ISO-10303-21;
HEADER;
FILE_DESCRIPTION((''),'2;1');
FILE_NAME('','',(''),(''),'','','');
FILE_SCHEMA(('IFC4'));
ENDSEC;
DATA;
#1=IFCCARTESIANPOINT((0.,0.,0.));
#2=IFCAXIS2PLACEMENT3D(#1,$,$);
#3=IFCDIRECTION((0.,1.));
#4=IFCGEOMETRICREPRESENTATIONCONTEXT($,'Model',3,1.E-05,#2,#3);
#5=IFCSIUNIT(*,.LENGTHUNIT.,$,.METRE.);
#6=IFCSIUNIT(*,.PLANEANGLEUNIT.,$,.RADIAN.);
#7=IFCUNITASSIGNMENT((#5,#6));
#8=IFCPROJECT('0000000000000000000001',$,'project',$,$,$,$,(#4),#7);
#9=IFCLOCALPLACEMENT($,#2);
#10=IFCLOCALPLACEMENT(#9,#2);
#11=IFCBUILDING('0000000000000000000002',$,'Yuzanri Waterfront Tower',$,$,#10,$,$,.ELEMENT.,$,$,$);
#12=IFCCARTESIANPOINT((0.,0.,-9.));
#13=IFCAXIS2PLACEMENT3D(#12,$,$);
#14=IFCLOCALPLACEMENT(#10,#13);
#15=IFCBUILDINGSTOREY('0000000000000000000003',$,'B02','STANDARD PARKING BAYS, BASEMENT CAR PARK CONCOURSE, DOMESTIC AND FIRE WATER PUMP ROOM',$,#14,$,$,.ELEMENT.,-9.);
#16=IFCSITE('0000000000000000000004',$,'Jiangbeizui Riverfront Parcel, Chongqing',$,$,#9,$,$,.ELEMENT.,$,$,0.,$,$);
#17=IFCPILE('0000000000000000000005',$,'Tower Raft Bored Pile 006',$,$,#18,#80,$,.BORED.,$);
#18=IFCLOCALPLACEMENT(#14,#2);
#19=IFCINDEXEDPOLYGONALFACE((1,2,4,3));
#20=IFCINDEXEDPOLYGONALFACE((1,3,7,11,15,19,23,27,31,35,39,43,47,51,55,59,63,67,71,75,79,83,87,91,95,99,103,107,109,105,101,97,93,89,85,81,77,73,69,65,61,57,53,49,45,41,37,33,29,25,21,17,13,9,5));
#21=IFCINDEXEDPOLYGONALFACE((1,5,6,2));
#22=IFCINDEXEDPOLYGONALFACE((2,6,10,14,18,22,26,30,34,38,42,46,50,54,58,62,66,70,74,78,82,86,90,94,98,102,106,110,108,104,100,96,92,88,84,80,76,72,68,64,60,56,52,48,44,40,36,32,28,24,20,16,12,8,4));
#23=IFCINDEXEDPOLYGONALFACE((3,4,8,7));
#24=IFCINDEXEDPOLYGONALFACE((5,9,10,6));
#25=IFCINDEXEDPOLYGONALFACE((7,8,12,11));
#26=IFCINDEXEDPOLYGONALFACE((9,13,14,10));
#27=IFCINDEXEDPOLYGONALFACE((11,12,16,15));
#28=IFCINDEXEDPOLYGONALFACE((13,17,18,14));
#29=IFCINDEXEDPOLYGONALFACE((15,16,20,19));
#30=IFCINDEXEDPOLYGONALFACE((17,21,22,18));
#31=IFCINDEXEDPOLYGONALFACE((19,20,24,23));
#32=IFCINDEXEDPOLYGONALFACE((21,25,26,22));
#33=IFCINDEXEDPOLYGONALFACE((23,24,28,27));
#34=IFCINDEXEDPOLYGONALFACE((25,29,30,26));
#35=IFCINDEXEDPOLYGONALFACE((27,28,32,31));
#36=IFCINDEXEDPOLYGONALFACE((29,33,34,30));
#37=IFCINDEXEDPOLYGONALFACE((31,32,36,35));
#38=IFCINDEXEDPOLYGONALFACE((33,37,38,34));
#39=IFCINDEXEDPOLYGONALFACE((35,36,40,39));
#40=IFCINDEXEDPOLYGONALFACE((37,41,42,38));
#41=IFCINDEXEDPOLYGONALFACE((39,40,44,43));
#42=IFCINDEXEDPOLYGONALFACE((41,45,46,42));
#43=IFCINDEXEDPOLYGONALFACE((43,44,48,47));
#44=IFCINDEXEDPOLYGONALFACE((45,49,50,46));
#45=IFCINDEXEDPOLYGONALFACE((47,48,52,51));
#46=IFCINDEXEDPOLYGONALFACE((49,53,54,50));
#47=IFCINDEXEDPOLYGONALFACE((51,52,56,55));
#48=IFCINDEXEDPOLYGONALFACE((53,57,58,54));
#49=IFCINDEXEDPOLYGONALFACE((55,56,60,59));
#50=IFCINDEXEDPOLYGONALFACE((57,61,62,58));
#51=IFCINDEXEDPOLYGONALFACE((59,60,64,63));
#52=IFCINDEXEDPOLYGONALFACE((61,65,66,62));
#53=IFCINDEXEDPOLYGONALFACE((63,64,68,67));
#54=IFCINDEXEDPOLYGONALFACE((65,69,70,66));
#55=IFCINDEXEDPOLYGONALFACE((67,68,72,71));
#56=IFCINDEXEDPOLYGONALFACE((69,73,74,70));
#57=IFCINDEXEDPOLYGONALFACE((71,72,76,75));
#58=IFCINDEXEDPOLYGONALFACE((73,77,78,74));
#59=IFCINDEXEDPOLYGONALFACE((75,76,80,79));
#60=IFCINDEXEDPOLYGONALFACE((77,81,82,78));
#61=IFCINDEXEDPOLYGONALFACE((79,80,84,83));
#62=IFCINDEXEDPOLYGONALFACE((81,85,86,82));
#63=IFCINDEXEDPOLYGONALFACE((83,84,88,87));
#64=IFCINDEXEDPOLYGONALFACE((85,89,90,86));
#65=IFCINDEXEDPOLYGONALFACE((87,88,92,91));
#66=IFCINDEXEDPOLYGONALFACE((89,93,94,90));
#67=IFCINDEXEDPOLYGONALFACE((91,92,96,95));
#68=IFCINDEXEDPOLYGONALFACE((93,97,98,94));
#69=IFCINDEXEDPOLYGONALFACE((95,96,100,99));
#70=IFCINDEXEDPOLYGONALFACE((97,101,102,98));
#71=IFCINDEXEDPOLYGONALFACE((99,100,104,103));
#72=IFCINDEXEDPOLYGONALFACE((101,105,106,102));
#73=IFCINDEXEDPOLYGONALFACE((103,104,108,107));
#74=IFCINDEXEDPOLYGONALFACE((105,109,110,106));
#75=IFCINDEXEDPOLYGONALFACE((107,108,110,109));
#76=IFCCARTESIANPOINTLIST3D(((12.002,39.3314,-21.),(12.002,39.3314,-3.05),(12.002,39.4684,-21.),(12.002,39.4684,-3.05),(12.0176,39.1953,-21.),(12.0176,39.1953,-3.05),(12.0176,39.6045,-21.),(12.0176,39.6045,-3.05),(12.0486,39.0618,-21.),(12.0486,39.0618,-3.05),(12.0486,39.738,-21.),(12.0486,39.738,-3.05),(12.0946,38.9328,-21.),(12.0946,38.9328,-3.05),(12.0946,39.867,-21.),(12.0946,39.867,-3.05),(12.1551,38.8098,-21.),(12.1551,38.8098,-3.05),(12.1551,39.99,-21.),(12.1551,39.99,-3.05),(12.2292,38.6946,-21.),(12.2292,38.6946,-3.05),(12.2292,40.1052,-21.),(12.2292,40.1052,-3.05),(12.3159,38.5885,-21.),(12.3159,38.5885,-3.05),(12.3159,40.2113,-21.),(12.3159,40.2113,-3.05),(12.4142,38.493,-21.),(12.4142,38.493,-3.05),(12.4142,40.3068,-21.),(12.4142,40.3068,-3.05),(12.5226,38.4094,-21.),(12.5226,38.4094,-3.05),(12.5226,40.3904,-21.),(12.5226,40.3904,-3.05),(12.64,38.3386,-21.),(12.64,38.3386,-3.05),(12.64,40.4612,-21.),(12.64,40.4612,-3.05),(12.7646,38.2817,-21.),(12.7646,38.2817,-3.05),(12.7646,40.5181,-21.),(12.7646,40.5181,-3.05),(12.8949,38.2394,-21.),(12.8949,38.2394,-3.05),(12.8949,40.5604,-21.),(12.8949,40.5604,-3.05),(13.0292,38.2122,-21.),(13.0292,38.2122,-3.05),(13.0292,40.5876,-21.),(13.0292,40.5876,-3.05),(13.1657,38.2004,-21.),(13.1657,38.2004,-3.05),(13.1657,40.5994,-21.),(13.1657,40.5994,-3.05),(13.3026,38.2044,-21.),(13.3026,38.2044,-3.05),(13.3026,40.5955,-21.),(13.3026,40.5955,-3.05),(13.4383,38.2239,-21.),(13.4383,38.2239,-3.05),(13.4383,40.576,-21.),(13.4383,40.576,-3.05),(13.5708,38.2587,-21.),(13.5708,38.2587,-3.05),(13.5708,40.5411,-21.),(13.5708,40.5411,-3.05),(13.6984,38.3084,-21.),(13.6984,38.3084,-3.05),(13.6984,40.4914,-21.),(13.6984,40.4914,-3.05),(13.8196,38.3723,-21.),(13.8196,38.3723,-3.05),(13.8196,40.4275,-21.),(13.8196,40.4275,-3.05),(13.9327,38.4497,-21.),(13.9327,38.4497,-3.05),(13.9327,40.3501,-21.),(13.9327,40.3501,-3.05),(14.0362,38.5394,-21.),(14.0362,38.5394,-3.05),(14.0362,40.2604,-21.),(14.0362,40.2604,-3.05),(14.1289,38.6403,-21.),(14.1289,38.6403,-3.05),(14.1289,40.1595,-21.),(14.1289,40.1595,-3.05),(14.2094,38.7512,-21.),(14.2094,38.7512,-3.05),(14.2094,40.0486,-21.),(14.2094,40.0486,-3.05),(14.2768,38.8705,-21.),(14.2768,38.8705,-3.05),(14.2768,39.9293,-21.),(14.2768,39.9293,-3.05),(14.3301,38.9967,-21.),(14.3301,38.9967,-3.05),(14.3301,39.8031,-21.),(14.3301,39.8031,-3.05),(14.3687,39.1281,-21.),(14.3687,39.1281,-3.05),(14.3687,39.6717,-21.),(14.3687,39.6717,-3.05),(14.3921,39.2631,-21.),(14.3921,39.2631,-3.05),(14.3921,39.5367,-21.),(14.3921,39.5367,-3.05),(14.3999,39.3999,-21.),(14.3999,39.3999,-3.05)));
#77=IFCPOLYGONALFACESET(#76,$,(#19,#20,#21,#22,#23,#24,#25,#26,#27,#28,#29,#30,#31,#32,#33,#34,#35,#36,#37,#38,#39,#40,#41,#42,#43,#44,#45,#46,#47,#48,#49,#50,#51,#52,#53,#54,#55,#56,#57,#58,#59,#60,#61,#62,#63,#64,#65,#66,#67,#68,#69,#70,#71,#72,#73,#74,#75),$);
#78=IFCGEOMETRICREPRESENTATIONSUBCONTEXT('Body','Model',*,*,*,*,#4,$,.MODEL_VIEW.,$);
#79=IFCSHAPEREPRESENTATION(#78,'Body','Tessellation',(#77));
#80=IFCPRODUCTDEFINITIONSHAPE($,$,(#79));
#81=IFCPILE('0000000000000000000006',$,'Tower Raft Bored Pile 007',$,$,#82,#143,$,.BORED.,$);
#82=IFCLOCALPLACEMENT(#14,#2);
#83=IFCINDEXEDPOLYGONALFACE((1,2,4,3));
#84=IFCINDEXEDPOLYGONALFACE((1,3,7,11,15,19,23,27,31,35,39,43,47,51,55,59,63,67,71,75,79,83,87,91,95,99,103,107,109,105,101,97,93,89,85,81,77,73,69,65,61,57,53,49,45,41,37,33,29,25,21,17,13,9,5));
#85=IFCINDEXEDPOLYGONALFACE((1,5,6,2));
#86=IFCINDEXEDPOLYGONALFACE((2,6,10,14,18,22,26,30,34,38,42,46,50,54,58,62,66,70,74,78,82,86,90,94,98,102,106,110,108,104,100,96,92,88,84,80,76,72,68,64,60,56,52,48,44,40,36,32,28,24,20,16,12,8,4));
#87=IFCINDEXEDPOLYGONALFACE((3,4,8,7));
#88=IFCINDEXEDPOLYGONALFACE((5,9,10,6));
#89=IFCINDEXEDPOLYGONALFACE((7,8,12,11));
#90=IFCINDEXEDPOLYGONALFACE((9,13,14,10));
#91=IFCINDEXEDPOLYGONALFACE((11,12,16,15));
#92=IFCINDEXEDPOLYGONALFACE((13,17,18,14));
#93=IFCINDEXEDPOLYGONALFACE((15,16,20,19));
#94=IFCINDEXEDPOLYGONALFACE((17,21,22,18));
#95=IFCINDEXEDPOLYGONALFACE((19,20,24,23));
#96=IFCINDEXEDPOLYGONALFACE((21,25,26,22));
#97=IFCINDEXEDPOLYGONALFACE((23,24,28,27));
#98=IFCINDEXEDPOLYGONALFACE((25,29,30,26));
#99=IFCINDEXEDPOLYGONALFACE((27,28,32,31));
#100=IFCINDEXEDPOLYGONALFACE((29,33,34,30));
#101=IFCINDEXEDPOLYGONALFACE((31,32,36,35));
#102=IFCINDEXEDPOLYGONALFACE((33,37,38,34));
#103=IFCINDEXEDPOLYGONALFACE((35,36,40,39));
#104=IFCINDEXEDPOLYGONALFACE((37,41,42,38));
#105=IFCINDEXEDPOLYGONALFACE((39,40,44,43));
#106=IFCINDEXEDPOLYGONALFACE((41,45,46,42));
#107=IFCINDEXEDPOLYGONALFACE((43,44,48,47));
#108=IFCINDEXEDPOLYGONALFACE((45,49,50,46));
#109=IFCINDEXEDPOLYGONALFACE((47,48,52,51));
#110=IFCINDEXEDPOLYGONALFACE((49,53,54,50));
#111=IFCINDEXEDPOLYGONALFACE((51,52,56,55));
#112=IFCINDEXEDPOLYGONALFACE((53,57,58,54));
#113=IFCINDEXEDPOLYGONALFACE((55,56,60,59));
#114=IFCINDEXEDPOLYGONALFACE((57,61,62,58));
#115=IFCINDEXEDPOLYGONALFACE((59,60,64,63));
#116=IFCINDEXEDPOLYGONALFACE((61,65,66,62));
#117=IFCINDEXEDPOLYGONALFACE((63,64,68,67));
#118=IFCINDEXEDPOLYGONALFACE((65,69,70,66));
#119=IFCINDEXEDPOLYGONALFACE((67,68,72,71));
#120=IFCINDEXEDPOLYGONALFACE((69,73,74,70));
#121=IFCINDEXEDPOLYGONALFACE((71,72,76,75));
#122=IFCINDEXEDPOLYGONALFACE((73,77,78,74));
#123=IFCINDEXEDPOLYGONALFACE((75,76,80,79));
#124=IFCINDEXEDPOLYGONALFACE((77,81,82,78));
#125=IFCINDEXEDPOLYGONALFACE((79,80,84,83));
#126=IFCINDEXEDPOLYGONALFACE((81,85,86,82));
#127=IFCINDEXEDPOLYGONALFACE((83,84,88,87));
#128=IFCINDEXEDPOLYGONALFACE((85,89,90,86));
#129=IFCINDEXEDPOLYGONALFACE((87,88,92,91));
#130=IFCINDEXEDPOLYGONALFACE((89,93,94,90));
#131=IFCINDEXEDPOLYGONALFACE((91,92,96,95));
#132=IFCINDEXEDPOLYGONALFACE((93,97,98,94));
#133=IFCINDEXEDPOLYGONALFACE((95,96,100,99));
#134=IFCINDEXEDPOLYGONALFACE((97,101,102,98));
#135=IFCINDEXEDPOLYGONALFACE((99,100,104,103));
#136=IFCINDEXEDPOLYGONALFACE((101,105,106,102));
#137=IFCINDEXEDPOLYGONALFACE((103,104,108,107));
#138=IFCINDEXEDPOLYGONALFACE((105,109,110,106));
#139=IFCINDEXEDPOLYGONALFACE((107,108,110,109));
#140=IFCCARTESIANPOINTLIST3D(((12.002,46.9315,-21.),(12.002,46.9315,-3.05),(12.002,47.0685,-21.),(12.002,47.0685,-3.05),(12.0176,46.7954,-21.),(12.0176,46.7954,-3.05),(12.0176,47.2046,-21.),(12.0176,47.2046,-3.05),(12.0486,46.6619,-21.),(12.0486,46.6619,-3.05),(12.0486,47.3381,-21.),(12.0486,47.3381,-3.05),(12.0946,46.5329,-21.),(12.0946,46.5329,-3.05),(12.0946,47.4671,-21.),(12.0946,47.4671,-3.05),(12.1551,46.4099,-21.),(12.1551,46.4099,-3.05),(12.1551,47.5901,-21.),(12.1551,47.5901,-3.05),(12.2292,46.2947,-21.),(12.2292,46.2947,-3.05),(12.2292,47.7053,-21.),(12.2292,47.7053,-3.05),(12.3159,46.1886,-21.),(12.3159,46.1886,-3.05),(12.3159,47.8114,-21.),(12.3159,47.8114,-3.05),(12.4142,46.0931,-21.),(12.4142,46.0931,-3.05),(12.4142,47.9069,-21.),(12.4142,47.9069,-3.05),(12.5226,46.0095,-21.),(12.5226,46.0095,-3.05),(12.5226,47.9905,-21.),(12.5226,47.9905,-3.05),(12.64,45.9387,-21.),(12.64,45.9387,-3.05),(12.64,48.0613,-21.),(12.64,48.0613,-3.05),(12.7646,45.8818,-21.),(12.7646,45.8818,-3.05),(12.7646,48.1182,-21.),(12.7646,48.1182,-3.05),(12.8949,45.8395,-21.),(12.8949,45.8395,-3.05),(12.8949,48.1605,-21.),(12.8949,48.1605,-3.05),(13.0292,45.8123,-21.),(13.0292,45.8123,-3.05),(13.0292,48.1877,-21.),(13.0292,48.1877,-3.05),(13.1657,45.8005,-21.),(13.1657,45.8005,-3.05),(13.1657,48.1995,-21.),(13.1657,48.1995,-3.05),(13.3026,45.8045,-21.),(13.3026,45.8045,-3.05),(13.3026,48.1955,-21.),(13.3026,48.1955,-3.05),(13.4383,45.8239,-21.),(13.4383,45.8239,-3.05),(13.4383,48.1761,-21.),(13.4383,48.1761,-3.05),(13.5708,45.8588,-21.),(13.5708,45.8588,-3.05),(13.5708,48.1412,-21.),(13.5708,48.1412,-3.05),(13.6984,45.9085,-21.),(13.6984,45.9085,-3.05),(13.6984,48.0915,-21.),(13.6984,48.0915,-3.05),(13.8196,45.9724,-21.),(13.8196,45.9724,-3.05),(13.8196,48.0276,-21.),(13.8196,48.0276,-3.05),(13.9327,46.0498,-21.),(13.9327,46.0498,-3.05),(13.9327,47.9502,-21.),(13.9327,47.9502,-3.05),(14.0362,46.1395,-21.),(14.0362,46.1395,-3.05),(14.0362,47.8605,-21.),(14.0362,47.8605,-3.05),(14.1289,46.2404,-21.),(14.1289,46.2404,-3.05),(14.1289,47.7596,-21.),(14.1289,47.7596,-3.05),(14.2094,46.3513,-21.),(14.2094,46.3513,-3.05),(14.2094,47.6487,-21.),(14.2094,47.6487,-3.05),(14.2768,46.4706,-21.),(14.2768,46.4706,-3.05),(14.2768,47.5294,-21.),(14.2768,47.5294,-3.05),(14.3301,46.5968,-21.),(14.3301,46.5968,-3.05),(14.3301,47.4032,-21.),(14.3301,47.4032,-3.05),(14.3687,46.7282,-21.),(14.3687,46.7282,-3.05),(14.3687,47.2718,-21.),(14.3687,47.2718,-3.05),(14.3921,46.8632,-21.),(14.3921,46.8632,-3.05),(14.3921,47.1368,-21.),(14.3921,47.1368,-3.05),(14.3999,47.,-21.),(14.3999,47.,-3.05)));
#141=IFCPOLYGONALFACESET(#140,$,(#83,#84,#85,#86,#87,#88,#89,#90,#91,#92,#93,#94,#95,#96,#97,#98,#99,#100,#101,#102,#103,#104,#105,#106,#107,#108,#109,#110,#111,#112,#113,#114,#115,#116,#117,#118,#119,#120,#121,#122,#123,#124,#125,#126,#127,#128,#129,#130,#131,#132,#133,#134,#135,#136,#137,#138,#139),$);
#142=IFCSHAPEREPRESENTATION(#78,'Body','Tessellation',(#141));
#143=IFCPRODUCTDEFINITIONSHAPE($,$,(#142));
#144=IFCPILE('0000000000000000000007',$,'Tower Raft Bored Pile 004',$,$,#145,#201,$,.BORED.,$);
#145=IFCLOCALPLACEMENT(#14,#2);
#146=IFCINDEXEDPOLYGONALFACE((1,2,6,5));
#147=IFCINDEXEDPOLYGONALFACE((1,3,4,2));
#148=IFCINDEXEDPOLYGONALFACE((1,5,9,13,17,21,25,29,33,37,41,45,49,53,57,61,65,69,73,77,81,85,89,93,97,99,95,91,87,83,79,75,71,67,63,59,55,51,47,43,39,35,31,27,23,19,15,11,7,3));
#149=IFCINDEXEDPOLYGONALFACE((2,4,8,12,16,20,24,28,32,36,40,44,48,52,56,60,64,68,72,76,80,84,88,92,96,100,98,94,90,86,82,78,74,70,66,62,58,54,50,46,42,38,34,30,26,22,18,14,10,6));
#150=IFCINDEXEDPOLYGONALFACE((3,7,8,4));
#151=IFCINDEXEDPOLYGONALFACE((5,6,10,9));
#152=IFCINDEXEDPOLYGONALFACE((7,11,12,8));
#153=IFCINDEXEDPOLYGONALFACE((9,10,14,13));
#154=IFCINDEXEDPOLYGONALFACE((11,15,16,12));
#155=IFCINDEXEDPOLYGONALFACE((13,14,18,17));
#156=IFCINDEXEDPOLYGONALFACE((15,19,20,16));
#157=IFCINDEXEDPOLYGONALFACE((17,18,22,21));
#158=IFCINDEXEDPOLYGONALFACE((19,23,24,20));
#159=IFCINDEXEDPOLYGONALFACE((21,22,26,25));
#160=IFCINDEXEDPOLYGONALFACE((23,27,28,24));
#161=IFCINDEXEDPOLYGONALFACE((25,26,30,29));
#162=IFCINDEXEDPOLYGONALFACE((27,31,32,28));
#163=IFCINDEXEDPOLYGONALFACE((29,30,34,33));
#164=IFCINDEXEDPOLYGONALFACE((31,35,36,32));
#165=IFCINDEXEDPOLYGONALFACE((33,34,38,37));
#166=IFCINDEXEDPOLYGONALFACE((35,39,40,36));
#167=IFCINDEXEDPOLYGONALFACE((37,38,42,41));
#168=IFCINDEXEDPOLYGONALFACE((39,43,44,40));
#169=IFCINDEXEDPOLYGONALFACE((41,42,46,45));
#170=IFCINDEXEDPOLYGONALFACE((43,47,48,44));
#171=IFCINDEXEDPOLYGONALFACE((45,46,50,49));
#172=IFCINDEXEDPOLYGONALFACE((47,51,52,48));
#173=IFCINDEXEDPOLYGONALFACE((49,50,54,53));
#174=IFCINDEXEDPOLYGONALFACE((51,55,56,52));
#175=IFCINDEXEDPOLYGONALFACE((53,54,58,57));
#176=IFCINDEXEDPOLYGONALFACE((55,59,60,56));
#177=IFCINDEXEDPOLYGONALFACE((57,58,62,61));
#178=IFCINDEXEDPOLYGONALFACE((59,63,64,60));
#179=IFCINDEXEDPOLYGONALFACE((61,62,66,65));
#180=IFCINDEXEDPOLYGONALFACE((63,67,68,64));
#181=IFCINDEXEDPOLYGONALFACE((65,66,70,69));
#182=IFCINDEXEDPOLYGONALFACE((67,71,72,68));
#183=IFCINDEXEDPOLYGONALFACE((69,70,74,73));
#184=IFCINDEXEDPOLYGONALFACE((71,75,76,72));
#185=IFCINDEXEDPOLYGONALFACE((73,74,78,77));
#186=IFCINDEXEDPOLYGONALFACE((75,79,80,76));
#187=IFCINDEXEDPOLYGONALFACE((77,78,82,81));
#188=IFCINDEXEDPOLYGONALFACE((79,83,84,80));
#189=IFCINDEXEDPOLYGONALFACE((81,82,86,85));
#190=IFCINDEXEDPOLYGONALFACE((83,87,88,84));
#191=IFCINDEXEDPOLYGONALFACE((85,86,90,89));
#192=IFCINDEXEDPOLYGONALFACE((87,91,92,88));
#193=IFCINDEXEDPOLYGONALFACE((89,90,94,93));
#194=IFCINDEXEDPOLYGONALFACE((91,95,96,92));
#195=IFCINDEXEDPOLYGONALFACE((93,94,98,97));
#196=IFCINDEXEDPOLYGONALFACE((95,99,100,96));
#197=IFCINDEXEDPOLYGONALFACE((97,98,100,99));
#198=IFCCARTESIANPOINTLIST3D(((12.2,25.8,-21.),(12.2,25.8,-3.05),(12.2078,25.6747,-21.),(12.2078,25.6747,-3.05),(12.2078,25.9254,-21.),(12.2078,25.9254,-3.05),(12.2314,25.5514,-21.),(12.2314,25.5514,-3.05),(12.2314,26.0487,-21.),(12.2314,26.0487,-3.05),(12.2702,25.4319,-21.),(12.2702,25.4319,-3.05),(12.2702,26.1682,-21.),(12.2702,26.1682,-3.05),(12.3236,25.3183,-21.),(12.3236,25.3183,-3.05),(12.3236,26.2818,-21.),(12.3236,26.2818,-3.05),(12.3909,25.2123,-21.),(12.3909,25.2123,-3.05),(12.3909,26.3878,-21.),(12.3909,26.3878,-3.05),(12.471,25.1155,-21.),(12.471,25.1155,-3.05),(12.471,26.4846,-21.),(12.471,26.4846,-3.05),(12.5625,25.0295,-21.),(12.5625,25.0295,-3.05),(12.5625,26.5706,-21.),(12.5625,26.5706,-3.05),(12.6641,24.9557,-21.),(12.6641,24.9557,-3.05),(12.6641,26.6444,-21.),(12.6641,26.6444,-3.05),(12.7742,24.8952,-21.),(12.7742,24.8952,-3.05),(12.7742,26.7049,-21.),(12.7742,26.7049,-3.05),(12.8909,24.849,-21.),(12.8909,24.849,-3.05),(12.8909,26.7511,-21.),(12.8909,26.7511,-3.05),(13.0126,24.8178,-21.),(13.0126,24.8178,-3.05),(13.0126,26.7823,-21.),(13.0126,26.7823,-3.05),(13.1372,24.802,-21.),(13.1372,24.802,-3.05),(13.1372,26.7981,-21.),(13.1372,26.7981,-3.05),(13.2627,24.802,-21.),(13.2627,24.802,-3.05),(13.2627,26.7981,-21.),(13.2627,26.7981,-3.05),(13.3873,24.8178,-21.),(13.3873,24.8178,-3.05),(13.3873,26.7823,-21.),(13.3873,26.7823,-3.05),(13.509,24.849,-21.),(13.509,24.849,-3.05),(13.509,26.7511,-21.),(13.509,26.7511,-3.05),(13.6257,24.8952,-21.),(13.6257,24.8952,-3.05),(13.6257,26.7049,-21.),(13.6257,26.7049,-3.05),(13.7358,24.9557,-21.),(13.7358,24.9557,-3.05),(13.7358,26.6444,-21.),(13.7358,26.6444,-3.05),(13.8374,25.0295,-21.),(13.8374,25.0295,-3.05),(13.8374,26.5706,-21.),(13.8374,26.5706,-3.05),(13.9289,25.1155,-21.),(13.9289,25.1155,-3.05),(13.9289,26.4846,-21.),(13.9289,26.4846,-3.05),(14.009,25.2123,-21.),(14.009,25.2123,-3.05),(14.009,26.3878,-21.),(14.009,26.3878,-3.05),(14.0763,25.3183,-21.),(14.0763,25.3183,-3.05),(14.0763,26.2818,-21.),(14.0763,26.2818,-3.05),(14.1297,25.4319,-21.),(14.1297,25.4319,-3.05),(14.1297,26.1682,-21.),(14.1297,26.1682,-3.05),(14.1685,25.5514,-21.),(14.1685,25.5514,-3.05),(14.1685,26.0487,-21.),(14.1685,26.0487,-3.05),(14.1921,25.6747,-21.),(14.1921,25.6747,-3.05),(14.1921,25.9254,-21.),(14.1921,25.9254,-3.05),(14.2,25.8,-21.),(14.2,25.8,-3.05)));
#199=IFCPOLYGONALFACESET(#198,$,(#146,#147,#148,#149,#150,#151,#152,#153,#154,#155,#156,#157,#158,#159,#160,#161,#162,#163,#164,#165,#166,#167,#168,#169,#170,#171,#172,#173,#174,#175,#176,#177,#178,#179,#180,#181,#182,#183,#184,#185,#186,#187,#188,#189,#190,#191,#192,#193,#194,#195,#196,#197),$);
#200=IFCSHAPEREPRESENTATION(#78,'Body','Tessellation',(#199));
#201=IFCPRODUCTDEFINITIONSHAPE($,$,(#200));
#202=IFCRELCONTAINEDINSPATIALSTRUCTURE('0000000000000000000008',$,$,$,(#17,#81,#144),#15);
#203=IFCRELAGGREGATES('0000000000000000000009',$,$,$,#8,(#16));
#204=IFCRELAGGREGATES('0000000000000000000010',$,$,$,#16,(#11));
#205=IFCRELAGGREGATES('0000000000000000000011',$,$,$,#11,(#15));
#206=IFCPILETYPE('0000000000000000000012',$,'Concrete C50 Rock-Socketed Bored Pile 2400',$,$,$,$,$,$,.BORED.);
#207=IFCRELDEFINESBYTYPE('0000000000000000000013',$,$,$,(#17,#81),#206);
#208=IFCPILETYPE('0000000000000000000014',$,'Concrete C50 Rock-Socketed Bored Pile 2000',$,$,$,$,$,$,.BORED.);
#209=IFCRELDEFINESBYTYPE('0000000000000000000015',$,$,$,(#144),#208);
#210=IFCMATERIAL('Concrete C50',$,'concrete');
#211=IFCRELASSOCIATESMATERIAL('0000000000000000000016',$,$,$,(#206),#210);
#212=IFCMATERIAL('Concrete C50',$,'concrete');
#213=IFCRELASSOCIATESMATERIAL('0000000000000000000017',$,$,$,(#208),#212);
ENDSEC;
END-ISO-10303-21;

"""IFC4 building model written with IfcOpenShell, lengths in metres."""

from ifc_helpers import new_model, si_unit, direction, frame, origin, origin_2d, place, context, subcontext, project, spatial, circle, extrude, source, transform, mapped, material, material_profile, profile_set, type_object, element, save


model = new_model("IFC4")

# Units and contexts
model_context = context("Model", 3, precision=1e-05, world=origin(), true_north=direction((0.0, 1.0)))
body_context = subcontext(model_context, "Body", "Model", "MODEL_VIEW")
ifc_project = project(units=[si_unit("LENGTHUNIT", "METRE"), si_unit("PLANEANGLEUNIT", "RADIAN")], contexts=[model_context])

# Site, building, storey
site_placement = place(None, origin())
site = spatial("IfcSite", under=ifc_project, at=site_placement, Name="Jiangbeizui Riverfront Parcel, Chongqing", CompositionType="ELEMENT", RefElevation=0.0)
building_placement = place(site_placement, origin())
building = spatial("IfcBuilding", under=site, at=building_placement, Name="Yuzanri Waterfront Tower", CompositionType="ELEMENT")
storey_placement = place(building_placement, frame((0.0, 0.0, -9.0)))
storey = spatial("IfcBuildingStorey", under=building, at=storey_placement, Name="B02", Description="STANDARD PARKING BAYS, BASEMENT CAR PARK CONCOURSE, DOMESTIC AND FIRE WATER PUMP ROOM", CompositionType="ELEMENT", Elevation=-9.0)

# Piles
ifc_material_1 = material(Name="Concrete C50", Category="concrete")
ifc_material_profile_1 = material_profile(ifc_material_1, circle(Radius=1.2, at=origin_2d()), Name="PILE D2400")
ifc_profile_set_1 = profile_set([ifc_material_profile_1], Name="Concrete C50")
pile_type_1 = type_object("IfcPileType", Name="Concrete C50 Rock-Socketed Bored Pile 2400", PredefinedType="BORED", material=ifc_profile_set_1)
shared_shape_1 = source(origin(), body_context, "Body", "SweptSolid", [
    extrude(circle(Radius=1.2, at=origin_2d()), origin(), (0.0, 0.0, 1.0), 17.95),
])
for number, where, z_axis, x_axis, name in (
    (1, (13.2, 39.3999, -3.05), (0.0, 0.0, -1.0), (1.0, 0.0, 0.0), "Tower Raft Bored Pile 006"),
    (2, (13.2, 47.0, -3.05), (0.0, 0.0, -1.0), (1.0, 0.0, 0.0), "Tower Raft Bored Pile 007"),
):
    element("IfcPile", number, at=place(storey_placement, frame(where, z_axis=z_axis, x_axis=x_axis)), inside=storey, type_object=pile_type_1, Name=name, PredefinedType="BORED", context=body_context, shape_type="MappedRepresentation", body=[
        mapped(shared_shape_1, transform((0.0, 0.0, 0.0), scale=1.0)),
    ])
ifc_material_2 = material(Name="Concrete C50", Category="concrete")
ifc_material_profile_2 = material_profile(ifc_material_2, circle(Radius=1.0, at=origin_2d()), Name="PILE D2000")
ifc_profile_set_2 = profile_set([ifc_material_profile_2], Name="Concrete C50")
pile_type_2 = type_object("IfcPileType", Name="Concrete C50 Rock-Socketed Bored Pile 2000", PredefinedType="BORED", material=ifc_profile_set_2)
shared_shape_2 = source(origin(), body_context, "Body", "SweptSolid", [
    extrude(circle(Radius=1.0, at=origin_2d()), origin(), (0.0, 0.0, 1.0), 17.95),
])
for number, where, z_axis, x_axis, name in (
    (3, (13.2, 25.8, -3.05), (0.0, 0.0, -1.0), (1.0, 0.0, 0.0), "Tower Raft Bored Pile 004"),
):
    element("IfcPile", number, at=place(storey_placement, frame(where, z_axis=z_axis, x_axis=x_axis)), inside=storey, type_object=pile_type_2, Name=name, PredefinedType="BORED", context=body_context, shape_type="MappedRepresentation", body=[
        mapped(shared_shape_2, transform((0.0, 0.0, 0.0), scale=1.0)),
    ])

save(model, "model.ifc")
